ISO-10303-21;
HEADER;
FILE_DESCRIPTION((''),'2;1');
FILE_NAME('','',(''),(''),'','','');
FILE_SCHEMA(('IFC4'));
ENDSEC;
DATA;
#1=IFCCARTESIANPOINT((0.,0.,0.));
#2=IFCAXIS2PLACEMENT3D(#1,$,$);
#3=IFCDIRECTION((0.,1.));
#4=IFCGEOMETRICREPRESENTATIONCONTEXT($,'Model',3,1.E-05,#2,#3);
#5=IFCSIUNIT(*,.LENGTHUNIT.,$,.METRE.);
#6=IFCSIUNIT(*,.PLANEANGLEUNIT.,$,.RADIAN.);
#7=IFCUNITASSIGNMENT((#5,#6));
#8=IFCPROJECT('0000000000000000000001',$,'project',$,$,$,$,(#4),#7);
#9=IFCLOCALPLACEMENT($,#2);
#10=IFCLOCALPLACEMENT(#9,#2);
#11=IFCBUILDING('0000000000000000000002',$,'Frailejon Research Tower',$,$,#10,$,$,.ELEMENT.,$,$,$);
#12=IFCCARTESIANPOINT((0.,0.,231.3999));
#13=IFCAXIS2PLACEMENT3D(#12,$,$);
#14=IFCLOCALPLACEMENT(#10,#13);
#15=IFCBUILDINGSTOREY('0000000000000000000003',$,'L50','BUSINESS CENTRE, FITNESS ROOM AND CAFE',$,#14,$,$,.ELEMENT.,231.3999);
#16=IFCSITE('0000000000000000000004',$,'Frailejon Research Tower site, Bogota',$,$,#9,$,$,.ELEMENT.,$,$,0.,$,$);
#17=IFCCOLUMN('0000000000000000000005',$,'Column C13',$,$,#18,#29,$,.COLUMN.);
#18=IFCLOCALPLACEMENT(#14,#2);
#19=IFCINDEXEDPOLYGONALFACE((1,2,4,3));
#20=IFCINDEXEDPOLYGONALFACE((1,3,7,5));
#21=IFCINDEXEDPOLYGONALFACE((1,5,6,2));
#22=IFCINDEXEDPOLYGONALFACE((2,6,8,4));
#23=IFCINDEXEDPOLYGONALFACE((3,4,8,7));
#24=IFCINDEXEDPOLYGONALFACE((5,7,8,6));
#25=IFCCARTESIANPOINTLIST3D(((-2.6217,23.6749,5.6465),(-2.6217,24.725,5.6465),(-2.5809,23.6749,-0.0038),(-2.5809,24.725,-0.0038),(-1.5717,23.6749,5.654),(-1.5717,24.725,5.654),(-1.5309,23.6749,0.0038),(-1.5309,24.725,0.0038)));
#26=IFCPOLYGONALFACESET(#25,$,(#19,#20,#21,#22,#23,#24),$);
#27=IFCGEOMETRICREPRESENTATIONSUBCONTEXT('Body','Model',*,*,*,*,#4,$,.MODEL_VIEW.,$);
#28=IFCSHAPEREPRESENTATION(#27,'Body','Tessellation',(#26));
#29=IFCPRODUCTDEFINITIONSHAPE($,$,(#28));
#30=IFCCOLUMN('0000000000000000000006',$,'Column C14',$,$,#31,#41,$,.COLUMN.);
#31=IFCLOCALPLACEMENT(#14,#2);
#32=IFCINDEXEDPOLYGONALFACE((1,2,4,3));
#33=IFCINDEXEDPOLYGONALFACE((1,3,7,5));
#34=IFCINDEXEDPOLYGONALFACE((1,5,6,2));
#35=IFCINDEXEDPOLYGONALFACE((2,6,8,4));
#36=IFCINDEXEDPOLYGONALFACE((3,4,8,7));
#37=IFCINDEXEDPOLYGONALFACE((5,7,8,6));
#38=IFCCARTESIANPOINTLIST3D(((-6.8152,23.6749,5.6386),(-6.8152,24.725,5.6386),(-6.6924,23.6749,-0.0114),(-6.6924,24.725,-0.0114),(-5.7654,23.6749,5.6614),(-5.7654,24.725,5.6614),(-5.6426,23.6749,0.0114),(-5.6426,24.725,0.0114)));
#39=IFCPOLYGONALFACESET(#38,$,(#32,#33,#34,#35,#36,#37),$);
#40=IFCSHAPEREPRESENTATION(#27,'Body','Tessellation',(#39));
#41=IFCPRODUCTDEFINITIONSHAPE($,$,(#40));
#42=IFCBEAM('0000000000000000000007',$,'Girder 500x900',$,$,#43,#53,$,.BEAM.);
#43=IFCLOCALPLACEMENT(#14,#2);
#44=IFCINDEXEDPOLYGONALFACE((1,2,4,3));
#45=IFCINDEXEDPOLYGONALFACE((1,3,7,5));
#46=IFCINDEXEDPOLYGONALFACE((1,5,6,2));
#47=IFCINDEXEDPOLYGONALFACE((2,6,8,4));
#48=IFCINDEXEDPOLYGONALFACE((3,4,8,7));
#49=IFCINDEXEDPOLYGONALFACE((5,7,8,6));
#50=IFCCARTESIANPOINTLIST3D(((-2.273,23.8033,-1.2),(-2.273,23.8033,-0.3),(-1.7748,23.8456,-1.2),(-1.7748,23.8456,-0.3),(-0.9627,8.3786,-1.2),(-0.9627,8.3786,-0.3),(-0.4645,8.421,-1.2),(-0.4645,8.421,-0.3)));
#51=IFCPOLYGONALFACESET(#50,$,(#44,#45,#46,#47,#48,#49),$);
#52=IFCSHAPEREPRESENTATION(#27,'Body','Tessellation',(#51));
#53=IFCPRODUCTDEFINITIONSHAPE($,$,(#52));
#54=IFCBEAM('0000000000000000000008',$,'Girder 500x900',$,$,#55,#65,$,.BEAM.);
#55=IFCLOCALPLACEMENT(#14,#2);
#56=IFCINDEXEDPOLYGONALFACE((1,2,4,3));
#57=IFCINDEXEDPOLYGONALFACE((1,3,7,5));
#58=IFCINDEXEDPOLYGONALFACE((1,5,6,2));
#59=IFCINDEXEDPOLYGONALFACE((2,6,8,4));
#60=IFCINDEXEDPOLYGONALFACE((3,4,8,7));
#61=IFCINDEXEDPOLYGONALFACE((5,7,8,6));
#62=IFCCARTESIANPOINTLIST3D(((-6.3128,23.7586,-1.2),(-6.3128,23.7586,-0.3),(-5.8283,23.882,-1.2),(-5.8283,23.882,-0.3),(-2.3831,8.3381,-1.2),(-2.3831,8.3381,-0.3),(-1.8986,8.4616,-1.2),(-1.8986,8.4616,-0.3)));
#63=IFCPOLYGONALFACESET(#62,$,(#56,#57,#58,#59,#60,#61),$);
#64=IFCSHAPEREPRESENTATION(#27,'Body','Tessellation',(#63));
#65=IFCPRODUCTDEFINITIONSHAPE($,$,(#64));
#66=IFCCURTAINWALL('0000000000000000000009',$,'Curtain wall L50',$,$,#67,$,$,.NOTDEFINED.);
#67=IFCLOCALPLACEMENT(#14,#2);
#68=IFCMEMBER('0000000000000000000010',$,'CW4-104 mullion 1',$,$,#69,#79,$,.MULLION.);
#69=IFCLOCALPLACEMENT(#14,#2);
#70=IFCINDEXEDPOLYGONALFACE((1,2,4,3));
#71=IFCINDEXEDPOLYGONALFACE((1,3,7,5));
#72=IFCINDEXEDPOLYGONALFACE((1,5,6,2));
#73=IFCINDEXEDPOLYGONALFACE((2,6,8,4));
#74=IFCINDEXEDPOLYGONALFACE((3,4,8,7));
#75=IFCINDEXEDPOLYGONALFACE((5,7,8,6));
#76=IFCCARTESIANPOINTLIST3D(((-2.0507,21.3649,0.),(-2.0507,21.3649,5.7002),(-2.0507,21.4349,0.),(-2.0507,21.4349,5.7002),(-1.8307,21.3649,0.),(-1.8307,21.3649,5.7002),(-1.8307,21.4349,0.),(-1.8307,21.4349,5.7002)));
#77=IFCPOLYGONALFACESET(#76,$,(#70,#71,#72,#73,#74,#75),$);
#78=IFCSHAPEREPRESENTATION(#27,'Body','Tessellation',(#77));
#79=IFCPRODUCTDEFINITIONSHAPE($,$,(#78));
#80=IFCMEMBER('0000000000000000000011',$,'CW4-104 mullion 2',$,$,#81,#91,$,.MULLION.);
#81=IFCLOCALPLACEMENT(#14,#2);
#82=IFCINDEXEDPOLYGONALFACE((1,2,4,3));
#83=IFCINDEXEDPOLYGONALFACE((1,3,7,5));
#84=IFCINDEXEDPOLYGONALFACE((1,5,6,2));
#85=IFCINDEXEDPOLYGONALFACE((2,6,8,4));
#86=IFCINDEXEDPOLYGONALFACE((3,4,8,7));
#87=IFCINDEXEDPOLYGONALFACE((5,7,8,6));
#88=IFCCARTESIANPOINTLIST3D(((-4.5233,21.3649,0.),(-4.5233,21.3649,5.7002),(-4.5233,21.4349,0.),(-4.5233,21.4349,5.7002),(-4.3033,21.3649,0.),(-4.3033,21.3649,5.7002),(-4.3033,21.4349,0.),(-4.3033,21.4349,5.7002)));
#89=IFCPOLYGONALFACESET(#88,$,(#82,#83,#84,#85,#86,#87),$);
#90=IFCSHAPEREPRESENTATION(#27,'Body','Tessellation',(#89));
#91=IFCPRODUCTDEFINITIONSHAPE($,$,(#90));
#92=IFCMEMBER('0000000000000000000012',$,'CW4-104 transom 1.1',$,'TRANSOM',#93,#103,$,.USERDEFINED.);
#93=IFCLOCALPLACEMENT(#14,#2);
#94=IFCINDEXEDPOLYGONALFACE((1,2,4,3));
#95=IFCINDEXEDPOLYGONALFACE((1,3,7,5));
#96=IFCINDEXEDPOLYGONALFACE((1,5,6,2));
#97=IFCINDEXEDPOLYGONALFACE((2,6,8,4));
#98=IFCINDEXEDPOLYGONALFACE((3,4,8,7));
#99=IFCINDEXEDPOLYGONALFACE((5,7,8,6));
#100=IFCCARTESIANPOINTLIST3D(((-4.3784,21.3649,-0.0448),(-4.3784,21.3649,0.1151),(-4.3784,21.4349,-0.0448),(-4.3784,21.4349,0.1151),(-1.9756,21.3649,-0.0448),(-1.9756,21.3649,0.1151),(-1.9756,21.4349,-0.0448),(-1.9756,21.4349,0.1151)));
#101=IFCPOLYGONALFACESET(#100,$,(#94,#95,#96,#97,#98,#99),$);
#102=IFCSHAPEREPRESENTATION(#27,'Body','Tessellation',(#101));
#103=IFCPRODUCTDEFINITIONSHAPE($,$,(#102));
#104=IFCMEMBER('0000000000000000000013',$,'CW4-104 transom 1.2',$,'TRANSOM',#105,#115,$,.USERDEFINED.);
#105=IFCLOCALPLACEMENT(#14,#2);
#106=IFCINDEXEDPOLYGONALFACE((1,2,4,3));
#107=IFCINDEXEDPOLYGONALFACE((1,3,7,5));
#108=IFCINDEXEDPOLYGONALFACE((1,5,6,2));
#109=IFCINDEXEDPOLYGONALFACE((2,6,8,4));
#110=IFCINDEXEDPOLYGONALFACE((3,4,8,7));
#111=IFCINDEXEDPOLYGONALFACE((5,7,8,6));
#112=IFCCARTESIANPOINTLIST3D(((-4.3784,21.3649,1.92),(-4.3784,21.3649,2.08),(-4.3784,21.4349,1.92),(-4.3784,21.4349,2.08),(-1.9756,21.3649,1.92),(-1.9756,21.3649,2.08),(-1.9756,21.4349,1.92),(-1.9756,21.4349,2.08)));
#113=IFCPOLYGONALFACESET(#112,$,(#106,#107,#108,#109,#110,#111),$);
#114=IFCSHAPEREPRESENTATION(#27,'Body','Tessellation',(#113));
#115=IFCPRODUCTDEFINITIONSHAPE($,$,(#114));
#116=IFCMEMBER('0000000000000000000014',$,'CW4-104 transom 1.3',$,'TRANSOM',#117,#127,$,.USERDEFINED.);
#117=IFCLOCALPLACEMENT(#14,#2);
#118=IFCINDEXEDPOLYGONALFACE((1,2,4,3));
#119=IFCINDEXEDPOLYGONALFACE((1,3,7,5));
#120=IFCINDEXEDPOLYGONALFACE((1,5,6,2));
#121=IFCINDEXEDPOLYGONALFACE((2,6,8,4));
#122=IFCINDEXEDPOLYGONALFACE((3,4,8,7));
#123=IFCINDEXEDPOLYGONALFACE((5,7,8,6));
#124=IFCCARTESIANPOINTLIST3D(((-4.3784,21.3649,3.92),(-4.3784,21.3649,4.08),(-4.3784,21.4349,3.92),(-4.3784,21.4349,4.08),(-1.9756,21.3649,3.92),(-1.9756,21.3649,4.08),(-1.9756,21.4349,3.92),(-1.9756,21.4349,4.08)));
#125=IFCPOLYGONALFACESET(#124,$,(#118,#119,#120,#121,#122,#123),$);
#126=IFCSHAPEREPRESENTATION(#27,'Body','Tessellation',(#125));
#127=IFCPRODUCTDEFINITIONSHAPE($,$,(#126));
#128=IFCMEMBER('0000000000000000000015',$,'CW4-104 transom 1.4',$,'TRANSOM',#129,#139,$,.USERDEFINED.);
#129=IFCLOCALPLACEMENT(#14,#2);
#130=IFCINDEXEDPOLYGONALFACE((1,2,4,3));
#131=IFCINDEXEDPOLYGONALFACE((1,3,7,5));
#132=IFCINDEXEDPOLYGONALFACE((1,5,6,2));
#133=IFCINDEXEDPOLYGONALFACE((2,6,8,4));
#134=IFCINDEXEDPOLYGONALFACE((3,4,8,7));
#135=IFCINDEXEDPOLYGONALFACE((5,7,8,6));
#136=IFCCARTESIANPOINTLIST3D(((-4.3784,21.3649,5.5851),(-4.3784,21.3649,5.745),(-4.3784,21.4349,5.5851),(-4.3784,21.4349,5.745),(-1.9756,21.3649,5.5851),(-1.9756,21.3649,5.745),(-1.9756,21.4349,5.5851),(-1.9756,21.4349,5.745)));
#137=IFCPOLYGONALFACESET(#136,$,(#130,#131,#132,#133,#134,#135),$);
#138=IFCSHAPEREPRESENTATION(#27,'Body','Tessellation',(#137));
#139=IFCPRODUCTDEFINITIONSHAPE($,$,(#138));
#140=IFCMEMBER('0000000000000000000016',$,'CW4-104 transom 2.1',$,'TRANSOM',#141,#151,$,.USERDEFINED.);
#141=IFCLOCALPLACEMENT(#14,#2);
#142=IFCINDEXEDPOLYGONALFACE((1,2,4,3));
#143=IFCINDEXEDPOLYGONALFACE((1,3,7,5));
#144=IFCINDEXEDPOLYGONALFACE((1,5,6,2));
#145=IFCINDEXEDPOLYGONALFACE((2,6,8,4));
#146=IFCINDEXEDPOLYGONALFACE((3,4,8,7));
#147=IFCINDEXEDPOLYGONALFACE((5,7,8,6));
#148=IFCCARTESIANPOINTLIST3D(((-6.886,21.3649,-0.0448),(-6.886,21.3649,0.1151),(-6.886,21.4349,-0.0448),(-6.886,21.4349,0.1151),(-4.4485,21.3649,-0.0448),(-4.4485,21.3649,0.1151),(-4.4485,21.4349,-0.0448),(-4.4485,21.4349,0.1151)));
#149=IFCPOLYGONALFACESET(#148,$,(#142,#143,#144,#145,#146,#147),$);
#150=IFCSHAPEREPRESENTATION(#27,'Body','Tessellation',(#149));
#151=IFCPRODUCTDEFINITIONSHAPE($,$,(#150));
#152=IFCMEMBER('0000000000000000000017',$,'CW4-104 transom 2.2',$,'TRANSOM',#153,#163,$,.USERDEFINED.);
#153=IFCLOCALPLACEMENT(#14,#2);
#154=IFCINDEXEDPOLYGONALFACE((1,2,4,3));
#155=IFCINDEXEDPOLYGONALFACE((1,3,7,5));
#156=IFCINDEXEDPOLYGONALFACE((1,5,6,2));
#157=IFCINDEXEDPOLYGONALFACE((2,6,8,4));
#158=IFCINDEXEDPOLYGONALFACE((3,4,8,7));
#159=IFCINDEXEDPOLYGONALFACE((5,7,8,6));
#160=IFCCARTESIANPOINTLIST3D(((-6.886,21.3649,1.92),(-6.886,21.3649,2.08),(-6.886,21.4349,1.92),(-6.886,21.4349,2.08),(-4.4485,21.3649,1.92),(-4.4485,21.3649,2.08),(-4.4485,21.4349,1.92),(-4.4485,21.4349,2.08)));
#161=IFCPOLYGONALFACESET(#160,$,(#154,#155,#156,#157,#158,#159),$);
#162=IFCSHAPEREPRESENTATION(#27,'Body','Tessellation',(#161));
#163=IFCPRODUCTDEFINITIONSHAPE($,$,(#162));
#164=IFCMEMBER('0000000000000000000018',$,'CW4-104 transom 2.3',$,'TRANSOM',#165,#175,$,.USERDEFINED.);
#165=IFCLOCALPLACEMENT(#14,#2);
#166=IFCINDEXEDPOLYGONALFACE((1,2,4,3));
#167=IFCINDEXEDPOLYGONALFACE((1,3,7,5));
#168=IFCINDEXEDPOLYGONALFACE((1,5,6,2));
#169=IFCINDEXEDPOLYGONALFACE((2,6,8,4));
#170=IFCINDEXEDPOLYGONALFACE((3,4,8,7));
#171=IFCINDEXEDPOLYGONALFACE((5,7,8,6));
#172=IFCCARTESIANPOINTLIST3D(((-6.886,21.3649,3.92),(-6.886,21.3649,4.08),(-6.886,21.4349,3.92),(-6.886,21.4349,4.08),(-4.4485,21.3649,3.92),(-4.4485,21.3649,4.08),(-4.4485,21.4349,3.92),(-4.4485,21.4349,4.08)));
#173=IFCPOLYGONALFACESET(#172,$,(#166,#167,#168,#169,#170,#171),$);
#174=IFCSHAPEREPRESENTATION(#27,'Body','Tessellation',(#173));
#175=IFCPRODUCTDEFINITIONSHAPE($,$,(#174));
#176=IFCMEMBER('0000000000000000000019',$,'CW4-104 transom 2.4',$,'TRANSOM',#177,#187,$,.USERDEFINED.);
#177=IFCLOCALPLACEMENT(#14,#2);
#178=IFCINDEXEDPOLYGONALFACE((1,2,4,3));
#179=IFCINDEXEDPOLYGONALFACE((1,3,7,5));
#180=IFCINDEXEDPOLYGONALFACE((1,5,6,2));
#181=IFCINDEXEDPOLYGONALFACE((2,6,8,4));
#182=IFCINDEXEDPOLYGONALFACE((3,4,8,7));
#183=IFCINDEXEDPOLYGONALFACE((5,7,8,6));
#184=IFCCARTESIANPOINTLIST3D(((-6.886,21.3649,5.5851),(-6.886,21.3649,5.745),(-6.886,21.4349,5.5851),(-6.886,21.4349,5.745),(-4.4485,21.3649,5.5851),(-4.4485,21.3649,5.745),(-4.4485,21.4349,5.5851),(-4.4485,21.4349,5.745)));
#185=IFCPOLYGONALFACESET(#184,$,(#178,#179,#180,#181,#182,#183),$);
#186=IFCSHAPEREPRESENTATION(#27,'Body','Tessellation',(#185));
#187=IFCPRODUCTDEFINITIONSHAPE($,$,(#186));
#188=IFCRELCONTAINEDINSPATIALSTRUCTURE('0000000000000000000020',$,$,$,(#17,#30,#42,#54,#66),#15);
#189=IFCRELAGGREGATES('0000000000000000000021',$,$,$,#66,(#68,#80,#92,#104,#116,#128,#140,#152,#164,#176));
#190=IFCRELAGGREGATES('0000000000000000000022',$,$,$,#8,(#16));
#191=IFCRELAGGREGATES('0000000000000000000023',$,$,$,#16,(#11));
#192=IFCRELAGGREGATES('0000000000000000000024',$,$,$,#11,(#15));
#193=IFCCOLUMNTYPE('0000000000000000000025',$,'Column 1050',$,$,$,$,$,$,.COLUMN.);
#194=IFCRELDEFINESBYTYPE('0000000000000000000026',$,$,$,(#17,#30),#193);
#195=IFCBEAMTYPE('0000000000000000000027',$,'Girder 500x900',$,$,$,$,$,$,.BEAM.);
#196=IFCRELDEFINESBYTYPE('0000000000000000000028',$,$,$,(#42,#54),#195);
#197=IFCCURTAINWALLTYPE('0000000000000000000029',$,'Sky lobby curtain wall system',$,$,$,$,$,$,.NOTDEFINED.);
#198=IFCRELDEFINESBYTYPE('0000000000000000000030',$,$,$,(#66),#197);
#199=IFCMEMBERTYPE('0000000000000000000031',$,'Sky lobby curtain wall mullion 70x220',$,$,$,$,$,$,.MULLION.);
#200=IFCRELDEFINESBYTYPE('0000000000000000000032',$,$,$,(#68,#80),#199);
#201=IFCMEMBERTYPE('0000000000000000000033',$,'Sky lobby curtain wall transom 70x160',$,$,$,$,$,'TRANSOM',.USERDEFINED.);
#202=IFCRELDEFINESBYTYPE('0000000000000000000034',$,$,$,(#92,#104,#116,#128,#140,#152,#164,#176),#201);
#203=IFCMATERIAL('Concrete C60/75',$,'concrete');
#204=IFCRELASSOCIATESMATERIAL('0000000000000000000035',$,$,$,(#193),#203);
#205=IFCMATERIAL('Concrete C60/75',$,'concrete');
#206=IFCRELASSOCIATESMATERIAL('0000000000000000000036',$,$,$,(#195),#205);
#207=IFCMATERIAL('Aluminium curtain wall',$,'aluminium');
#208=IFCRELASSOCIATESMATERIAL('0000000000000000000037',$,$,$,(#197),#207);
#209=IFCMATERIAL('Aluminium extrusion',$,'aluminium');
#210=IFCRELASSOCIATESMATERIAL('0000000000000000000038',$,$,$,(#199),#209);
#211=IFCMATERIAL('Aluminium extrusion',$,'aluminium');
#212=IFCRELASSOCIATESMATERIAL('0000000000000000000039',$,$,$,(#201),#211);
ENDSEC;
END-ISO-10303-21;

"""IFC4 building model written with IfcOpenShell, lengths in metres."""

from ifc_helpers import new_model, si_unit, direction, frame, origin, origin_2d, place, context, subcontext, project, spatial, rectangle, extrude, material, material_profile, profile_set, type_object, element, aggregate, save


model = new_model("IFC4")

# Units and contexts
model_context = context("Model", 3, precision=1e-05, world=origin(), true_north=direction((0.0, 1.0)))
body_context = subcontext(model_context, "Body", "Model", "MODEL_VIEW")
ifc_project = project(units=[si_unit("LENGTHUNIT", "METRE"), si_unit("PLANEANGLEUNIT", "RADIAN")], contexts=[model_context])

# Site, building, storey
site_placement = place(None, origin())
site = spatial("IfcSite", under=ifc_project, at=site_placement, Name="Frailejon Research Tower site, Bogota", CompositionType="ELEMENT", RefElevation=0.0)
building_placement = place(site_placement, origin())
building = spatial("IfcBuilding", under=site, at=building_placement, Name="Frailejon Research Tower", CompositionType="ELEMENT")
storey_placement = place(building_placement, frame((0.0, 0.0, 231.3999)))
storey = spatial("IfcBuildingStorey", under=building, at=storey_placement, Name="L50", Description="BUSINESS CENTRE, FITNESS ROOM AND CAFE", CompositionType="ELEMENT", Elevation=231.3999)

# Columns
ifc_material_1 = material(Name="Concrete C60/75", Category="concrete")
ifc_material_profile_1 = material_profile(ifc_material_1, rectangle(XDim=1.05, YDim=1.05, at=origin_2d()), Name="Column 1050")
ifc_profile_set_1 = profile_set([ifc_material_profile_1], Name="Concrete C60/75")
column_type = type_object("IfcColumnType", Name="Column 1050", PredefinedType="COLUMN", material=ifc_profile_set_1)
column_1_placement = place(storey_placement, frame((-2.0559, 24.2, 0.0), z_axis=(-0.007216, 0.0, 0.999974), x_axis=(-0.999974, 0.0, -0.007216)))
element("IfcColumn", 1, at=column_1_placement, inside=storey, type_object=column_type, Name="Column C13", PredefinedType="COLUMN", context=body_context, shape_type="SweptSolid", body=[
    extrude(rectangle(XDim=1.05, YDim=1.05, at=origin_2d()), origin(), (0.0, 0.0, 1.0), 5.6504),
])
column_2_placement = place(storey_placement, frame((-6.1675, 24.2, 0.0), z_axis=(-0.021729, 0.0, 0.999764), x_axis=(-0.999764, 0.0, -0.021729)))
element("IfcColumn", 2, at=column_2_placement, inside=storey, type_object=column_type, Name="Column C14", PredefinedType="COLUMN", context=body_context, shape_type="SweptSolid", body=[
    extrude(rectangle(XDim=1.05, YDim=1.05, at=origin_2d()), origin(), (0.0, 0.0, 1.0), 5.6514),
])

# Beams
ifc_material_2 = material(Name="Concrete C60/75", Category="concrete")
ifc_material_profile_2 = material_profile(ifc_material_2, rectangle(XDim=0.5, YDim=0.8999, at=origin_2d()), Name="Girder 500x900")
ifc_profile_set_2 = profile_set([ifc_material_profile_2], Name="Concrete C60/75")
beam_type_1 = type_object("IfcBeamType", Name="Girder 500x900", PredefinedType="BEAM", material=ifc_profile_set_2)
beam_1_placement = place(storey_placement, frame((-2.0239, 23.8245, -0.75), z_axis=(0.084644, -0.996411, 0.0), x_axis=(0.996411, 0.084644, 0.0)))
element("IfcBeam", 3, at=beam_1_placement, inside=storey, type_object=beam_type_1, Name="Girder 500x900", PredefinedType="BEAM", context=body_context, shape_type="SweptSolid", body=[
    extrude(rectangle(XDim=0.5, YDim=0.8999, at=origin_2d()), origin(), (0.0, 0.0, 1.0), 15.4802),
])
beam_2_placement = place(storey_placement, frame((-6.0706, 23.8203, -0.75), z_axis=(0.246944, -0.96903, 0.0), x_axis=(0.96903, 0.246944, 0.0)))
element("IfcBeam", 4, at=beam_2_placement, inside=storey, type_object=beam_type_1, Name="Girder 500x900", PredefinedType="BEAM", context=body_context, shape_type="SweptSolid", body=[
    extrude(rectangle(XDim=0.5, YDim=0.8999, at=origin_2d()), origin(), (0.0, 0.0, 1.0), 15.9133),
])

# Curtain wall, members
ifc_material_3 = material(Name="Aluminium curtain wall", Category="aluminium")
curtain_wall_type = type_object("IfcCurtainWallType", Name="Sky lobby curtain wall system", PredefinedType="NOTDEFINED", material=ifc_material_3)
curtain_wall_placement = place(storey_placement, origin())
curtain_wall = element("IfcCurtainWall", 5, at=curtain_wall_placement, inside=storey, type_object=curtain_wall_type, Name="Curtain wall L50", PredefinedType="NOTDEFINED")
ifc_material_4 = material(Name="Aluminium extrusion", Category="aluminium")
ifc_material_profile_3 = material_profile(ifc_material_4, rectangle(XDim=0.0701, YDim=0.22, at=origin_2d()), Name="Sky lobby curtain wall mullion 70x220")
ifc_profile_set_3 = profile_set([ifc_material_profile_3], Name="Aluminium extrusion")
member_type_1 = type_object("IfcMemberType", Name="Sky lobby curtain wall mullion 70x220", PredefinedType="MULLION", material=ifc_profile_set_3)
member_1_placement = place(storey_placement, frame((-1.9407, 21.3999, 0.0), z_axis=(0.0, 0.0, 1.0), x_axis=(0.0, -1.0, 0.0)))
member_1 = element("IfcMember", 6, at=member_1_placement, type_object=member_type_1, Name="CW4-104 mullion 1", PredefinedType="MULLION", context=body_context, shape_type="SweptSolid", body=[
    extrude(rectangle(XDim=0.0701, YDim=0.22, at=origin_2d()), origin(), (0.0, 0.0, 1.0), 5.7002),
])
member_2_placement = place(storey_placement, frame((-4.4133, 21.3999, 0.0), z_axis=(0.0, 0.0, 1.0), x_axis=(0.0, -1.0, 0.0)))
member_2 = element("IfcMember", 7, at=member_2_placement, type_object=member_type_1, Name="CW4-104 mullion 2", PredefinedType="MULLION", context=body_context, shape_type="SweptSolid", body=[
    extrude(rectangle(XDim=0.0701, YDim=0.22, at=origin_2d()), origin(), (0.0, 0.0, 1.0), 5.7002),
])
ifc_material_5 = material(Name="Aluminium extrusion", Category="aluminium")
ifc_material_profile_4 = material_profile(ifc_material_5, rectangle(XDim=0.0701, YDim=0.1599, at=origin_2d()), Name="Sky lobby curtain wall transom 70x160")
ifc_profile_set_4 = profile_set([ifc_material_profile_4], Name="Aluminium extrusion")
member_type_2 = type_object("IfcMemberType", Name="Sky lobby curtain wall transom 70x160", ElementType="TRANSOM", PredefinedType="USERDEFINED", material=ifc_profile_set_4)
member_3_placement = place(storey_placement, frame((-1.9756, 21.3999, 0.0352), z_axis=(-1.0, 0.0, 0.0), x_axis=(0.0, -1.0, 0.0)))
member_3 = element("IfcMember", 8, at=member_3_placement, type_object=member_type_2, Name="CW4-104 transom 1.1", ObjectType="TRANSOM", PredefinedType="USERDEFINED", context=body_context, shape_type="SweptSolid", body=[
    extrude(rectangle(XDim=0.0701, YDim=0.1599, at=origin_2d()), origin(), (0.0, 0.0, 1.0), 2.4028),
])
member_4_placement = place(storey_placement, frame((-1.9756, 21.3999, 2.0), z_axis=(-1.0, 0.0, 0.0), x_axis=(0.0, -1.0, 0.0)))
member_4 = element("IfcMember", 9, at=member_4_placement, type_object=member_type_2, Name="CW4-104 transom 1.2", ObjectType="TRANSOM", PredefinedType="USERDEFINED", context=body_context, shape_type="SweptSolid", body=[
    extrude(rectangle(XDim=0.0701, YDim=0.1599, at=origin_2d()), origin(), (0.0, 0.0, 1.0), 2.4028),
])
member_5_placement = place(storey_placement, frame((-1.9756, 21.3999, 4.0), z_axis=(-1.0, 0.0, 0.0), x_axis=(0.0, -1.0, 0.0)))
member_5 = element("IfcMember", 10, at=member_5_placement, type_object=member_type_2, Name="CW4-104 transom 1.3", ObjectType="TRANSOM", PredefinedType="USERDEFINED", context=body_context, shape_type="SweptSolid", body=[
    extrude(rectangle(XDim=0.0701, YDim=0.1599, at=origin_2d()), origin(), (0.0, 0.0, 1.0), 2.4028),
])
member_6_placement = place(storey_placement, frame((-1.9756, 21.3999, 5.665), z_axis=(-1.0, 0.0, 0.0), x_axis=(0.0, -1.0, 0.0)))
member_6 = element("IfcMember", 11, at=member_6_placement, type_object=member_type_2, Name="CW4-104 transom 1.4", ObjectType="TRANSOM", PredefinedType="USERDEFINED", context=body_context, shape_type="SweptSolid", body=[
    extrude(rectangle(XDim=0.0701, YDim=0.1599, at=origin_2d()), origin(), (0.0, 0.0, 1.0), 2.4028),
])
member_7_placement = place(storey_placement, frame((-4.4485, 21.3999, 0.0352), z_axis=(-1.0, 0.0, 0.0), x_axis=(0.0, -1.0, 0.0)))
member_7 = element("IfcMember", 12, at=member_7_placement, type_object=member_type_2, Name="CW4-104 transom 2.1", ObjectType="TRANSOM", PredefinedType="USERDEFINED", context=body_context, shape_type="SweptSolid", body=[
    extrude(rectangle(XDim=0.0701, YDim=0.1599, at=origin_2d()), origin(), (0.0, 0.0, 1.0), 2.4375),
])
member_8_placement = place(storey_placement, frame((-4.4485, 21.3999, 2.0), z_axis=(-1.0, 0.0, 0.0), x_axis=(0.0, -1.0, 0.0)))
member_8 = element("IfcMember", 13, at=member_8_placement, type_object=member_type_2, Name="CW4-104 transom 2.2", ObjectType="TRANSOM", PredefinedType="USERDEFINED", context=body_context, shape_type="SweptSolid", body=[
    extrude(rectangle(XDim=0.0701, YDim=0.1599, at=origin_2d()), origin(), (0.0, 0.0, 1.0), 2.4375),
])
member_9_placement = place(storey_placement, frame((-4.4485, 21.3999, 4.0), z_axis=(-1.0, 0.0, 0.0), x_axis=(0.0, -1.0, 0.0)))
member_9 = element("IfcMember", 14, at=member_9_placement, type_object=member_type_2, Name="CW4-104 transom 2.3", ObjectType="TRANSOM", PredefinedType="USERDEFINED", context=body_context, shape_type="SweptSolid", body=[
    extrude(rectangle(XDim=0.0701, YDim=0.1599, at=origin_2d()), origin(), (0.0, 0.0, 1.0), 2.4375),
])
member_10_placement = place(storey_placement, frame((-4.4485, 21.3999, 5.665), z_axis=(-1.0, 0.0, 0.0), x_axis=(0.0, -1.0, 0.0)))
member_10 = element("IfcMember", 15, at=member_10_placement, type_object=member_type_2, Name="CW4-104 transom 2.4", ObjectType="TRANSOM", PredefinedType="USERDEFINED", context=body_context, shape_type="SweptSolid", body=[
    extrude(rectangle(XDim=0.0701, YDim=0.1599, at=origin_2d()), origin(), (0.0, 0.0, 1.0), 2.4375),
])

aggregate(curtain_wall, [member_1, member_2, member_3, member_4, member_5, member_6, member_7, member_8, member_9, member_10])

save(model, "model.ifc")
